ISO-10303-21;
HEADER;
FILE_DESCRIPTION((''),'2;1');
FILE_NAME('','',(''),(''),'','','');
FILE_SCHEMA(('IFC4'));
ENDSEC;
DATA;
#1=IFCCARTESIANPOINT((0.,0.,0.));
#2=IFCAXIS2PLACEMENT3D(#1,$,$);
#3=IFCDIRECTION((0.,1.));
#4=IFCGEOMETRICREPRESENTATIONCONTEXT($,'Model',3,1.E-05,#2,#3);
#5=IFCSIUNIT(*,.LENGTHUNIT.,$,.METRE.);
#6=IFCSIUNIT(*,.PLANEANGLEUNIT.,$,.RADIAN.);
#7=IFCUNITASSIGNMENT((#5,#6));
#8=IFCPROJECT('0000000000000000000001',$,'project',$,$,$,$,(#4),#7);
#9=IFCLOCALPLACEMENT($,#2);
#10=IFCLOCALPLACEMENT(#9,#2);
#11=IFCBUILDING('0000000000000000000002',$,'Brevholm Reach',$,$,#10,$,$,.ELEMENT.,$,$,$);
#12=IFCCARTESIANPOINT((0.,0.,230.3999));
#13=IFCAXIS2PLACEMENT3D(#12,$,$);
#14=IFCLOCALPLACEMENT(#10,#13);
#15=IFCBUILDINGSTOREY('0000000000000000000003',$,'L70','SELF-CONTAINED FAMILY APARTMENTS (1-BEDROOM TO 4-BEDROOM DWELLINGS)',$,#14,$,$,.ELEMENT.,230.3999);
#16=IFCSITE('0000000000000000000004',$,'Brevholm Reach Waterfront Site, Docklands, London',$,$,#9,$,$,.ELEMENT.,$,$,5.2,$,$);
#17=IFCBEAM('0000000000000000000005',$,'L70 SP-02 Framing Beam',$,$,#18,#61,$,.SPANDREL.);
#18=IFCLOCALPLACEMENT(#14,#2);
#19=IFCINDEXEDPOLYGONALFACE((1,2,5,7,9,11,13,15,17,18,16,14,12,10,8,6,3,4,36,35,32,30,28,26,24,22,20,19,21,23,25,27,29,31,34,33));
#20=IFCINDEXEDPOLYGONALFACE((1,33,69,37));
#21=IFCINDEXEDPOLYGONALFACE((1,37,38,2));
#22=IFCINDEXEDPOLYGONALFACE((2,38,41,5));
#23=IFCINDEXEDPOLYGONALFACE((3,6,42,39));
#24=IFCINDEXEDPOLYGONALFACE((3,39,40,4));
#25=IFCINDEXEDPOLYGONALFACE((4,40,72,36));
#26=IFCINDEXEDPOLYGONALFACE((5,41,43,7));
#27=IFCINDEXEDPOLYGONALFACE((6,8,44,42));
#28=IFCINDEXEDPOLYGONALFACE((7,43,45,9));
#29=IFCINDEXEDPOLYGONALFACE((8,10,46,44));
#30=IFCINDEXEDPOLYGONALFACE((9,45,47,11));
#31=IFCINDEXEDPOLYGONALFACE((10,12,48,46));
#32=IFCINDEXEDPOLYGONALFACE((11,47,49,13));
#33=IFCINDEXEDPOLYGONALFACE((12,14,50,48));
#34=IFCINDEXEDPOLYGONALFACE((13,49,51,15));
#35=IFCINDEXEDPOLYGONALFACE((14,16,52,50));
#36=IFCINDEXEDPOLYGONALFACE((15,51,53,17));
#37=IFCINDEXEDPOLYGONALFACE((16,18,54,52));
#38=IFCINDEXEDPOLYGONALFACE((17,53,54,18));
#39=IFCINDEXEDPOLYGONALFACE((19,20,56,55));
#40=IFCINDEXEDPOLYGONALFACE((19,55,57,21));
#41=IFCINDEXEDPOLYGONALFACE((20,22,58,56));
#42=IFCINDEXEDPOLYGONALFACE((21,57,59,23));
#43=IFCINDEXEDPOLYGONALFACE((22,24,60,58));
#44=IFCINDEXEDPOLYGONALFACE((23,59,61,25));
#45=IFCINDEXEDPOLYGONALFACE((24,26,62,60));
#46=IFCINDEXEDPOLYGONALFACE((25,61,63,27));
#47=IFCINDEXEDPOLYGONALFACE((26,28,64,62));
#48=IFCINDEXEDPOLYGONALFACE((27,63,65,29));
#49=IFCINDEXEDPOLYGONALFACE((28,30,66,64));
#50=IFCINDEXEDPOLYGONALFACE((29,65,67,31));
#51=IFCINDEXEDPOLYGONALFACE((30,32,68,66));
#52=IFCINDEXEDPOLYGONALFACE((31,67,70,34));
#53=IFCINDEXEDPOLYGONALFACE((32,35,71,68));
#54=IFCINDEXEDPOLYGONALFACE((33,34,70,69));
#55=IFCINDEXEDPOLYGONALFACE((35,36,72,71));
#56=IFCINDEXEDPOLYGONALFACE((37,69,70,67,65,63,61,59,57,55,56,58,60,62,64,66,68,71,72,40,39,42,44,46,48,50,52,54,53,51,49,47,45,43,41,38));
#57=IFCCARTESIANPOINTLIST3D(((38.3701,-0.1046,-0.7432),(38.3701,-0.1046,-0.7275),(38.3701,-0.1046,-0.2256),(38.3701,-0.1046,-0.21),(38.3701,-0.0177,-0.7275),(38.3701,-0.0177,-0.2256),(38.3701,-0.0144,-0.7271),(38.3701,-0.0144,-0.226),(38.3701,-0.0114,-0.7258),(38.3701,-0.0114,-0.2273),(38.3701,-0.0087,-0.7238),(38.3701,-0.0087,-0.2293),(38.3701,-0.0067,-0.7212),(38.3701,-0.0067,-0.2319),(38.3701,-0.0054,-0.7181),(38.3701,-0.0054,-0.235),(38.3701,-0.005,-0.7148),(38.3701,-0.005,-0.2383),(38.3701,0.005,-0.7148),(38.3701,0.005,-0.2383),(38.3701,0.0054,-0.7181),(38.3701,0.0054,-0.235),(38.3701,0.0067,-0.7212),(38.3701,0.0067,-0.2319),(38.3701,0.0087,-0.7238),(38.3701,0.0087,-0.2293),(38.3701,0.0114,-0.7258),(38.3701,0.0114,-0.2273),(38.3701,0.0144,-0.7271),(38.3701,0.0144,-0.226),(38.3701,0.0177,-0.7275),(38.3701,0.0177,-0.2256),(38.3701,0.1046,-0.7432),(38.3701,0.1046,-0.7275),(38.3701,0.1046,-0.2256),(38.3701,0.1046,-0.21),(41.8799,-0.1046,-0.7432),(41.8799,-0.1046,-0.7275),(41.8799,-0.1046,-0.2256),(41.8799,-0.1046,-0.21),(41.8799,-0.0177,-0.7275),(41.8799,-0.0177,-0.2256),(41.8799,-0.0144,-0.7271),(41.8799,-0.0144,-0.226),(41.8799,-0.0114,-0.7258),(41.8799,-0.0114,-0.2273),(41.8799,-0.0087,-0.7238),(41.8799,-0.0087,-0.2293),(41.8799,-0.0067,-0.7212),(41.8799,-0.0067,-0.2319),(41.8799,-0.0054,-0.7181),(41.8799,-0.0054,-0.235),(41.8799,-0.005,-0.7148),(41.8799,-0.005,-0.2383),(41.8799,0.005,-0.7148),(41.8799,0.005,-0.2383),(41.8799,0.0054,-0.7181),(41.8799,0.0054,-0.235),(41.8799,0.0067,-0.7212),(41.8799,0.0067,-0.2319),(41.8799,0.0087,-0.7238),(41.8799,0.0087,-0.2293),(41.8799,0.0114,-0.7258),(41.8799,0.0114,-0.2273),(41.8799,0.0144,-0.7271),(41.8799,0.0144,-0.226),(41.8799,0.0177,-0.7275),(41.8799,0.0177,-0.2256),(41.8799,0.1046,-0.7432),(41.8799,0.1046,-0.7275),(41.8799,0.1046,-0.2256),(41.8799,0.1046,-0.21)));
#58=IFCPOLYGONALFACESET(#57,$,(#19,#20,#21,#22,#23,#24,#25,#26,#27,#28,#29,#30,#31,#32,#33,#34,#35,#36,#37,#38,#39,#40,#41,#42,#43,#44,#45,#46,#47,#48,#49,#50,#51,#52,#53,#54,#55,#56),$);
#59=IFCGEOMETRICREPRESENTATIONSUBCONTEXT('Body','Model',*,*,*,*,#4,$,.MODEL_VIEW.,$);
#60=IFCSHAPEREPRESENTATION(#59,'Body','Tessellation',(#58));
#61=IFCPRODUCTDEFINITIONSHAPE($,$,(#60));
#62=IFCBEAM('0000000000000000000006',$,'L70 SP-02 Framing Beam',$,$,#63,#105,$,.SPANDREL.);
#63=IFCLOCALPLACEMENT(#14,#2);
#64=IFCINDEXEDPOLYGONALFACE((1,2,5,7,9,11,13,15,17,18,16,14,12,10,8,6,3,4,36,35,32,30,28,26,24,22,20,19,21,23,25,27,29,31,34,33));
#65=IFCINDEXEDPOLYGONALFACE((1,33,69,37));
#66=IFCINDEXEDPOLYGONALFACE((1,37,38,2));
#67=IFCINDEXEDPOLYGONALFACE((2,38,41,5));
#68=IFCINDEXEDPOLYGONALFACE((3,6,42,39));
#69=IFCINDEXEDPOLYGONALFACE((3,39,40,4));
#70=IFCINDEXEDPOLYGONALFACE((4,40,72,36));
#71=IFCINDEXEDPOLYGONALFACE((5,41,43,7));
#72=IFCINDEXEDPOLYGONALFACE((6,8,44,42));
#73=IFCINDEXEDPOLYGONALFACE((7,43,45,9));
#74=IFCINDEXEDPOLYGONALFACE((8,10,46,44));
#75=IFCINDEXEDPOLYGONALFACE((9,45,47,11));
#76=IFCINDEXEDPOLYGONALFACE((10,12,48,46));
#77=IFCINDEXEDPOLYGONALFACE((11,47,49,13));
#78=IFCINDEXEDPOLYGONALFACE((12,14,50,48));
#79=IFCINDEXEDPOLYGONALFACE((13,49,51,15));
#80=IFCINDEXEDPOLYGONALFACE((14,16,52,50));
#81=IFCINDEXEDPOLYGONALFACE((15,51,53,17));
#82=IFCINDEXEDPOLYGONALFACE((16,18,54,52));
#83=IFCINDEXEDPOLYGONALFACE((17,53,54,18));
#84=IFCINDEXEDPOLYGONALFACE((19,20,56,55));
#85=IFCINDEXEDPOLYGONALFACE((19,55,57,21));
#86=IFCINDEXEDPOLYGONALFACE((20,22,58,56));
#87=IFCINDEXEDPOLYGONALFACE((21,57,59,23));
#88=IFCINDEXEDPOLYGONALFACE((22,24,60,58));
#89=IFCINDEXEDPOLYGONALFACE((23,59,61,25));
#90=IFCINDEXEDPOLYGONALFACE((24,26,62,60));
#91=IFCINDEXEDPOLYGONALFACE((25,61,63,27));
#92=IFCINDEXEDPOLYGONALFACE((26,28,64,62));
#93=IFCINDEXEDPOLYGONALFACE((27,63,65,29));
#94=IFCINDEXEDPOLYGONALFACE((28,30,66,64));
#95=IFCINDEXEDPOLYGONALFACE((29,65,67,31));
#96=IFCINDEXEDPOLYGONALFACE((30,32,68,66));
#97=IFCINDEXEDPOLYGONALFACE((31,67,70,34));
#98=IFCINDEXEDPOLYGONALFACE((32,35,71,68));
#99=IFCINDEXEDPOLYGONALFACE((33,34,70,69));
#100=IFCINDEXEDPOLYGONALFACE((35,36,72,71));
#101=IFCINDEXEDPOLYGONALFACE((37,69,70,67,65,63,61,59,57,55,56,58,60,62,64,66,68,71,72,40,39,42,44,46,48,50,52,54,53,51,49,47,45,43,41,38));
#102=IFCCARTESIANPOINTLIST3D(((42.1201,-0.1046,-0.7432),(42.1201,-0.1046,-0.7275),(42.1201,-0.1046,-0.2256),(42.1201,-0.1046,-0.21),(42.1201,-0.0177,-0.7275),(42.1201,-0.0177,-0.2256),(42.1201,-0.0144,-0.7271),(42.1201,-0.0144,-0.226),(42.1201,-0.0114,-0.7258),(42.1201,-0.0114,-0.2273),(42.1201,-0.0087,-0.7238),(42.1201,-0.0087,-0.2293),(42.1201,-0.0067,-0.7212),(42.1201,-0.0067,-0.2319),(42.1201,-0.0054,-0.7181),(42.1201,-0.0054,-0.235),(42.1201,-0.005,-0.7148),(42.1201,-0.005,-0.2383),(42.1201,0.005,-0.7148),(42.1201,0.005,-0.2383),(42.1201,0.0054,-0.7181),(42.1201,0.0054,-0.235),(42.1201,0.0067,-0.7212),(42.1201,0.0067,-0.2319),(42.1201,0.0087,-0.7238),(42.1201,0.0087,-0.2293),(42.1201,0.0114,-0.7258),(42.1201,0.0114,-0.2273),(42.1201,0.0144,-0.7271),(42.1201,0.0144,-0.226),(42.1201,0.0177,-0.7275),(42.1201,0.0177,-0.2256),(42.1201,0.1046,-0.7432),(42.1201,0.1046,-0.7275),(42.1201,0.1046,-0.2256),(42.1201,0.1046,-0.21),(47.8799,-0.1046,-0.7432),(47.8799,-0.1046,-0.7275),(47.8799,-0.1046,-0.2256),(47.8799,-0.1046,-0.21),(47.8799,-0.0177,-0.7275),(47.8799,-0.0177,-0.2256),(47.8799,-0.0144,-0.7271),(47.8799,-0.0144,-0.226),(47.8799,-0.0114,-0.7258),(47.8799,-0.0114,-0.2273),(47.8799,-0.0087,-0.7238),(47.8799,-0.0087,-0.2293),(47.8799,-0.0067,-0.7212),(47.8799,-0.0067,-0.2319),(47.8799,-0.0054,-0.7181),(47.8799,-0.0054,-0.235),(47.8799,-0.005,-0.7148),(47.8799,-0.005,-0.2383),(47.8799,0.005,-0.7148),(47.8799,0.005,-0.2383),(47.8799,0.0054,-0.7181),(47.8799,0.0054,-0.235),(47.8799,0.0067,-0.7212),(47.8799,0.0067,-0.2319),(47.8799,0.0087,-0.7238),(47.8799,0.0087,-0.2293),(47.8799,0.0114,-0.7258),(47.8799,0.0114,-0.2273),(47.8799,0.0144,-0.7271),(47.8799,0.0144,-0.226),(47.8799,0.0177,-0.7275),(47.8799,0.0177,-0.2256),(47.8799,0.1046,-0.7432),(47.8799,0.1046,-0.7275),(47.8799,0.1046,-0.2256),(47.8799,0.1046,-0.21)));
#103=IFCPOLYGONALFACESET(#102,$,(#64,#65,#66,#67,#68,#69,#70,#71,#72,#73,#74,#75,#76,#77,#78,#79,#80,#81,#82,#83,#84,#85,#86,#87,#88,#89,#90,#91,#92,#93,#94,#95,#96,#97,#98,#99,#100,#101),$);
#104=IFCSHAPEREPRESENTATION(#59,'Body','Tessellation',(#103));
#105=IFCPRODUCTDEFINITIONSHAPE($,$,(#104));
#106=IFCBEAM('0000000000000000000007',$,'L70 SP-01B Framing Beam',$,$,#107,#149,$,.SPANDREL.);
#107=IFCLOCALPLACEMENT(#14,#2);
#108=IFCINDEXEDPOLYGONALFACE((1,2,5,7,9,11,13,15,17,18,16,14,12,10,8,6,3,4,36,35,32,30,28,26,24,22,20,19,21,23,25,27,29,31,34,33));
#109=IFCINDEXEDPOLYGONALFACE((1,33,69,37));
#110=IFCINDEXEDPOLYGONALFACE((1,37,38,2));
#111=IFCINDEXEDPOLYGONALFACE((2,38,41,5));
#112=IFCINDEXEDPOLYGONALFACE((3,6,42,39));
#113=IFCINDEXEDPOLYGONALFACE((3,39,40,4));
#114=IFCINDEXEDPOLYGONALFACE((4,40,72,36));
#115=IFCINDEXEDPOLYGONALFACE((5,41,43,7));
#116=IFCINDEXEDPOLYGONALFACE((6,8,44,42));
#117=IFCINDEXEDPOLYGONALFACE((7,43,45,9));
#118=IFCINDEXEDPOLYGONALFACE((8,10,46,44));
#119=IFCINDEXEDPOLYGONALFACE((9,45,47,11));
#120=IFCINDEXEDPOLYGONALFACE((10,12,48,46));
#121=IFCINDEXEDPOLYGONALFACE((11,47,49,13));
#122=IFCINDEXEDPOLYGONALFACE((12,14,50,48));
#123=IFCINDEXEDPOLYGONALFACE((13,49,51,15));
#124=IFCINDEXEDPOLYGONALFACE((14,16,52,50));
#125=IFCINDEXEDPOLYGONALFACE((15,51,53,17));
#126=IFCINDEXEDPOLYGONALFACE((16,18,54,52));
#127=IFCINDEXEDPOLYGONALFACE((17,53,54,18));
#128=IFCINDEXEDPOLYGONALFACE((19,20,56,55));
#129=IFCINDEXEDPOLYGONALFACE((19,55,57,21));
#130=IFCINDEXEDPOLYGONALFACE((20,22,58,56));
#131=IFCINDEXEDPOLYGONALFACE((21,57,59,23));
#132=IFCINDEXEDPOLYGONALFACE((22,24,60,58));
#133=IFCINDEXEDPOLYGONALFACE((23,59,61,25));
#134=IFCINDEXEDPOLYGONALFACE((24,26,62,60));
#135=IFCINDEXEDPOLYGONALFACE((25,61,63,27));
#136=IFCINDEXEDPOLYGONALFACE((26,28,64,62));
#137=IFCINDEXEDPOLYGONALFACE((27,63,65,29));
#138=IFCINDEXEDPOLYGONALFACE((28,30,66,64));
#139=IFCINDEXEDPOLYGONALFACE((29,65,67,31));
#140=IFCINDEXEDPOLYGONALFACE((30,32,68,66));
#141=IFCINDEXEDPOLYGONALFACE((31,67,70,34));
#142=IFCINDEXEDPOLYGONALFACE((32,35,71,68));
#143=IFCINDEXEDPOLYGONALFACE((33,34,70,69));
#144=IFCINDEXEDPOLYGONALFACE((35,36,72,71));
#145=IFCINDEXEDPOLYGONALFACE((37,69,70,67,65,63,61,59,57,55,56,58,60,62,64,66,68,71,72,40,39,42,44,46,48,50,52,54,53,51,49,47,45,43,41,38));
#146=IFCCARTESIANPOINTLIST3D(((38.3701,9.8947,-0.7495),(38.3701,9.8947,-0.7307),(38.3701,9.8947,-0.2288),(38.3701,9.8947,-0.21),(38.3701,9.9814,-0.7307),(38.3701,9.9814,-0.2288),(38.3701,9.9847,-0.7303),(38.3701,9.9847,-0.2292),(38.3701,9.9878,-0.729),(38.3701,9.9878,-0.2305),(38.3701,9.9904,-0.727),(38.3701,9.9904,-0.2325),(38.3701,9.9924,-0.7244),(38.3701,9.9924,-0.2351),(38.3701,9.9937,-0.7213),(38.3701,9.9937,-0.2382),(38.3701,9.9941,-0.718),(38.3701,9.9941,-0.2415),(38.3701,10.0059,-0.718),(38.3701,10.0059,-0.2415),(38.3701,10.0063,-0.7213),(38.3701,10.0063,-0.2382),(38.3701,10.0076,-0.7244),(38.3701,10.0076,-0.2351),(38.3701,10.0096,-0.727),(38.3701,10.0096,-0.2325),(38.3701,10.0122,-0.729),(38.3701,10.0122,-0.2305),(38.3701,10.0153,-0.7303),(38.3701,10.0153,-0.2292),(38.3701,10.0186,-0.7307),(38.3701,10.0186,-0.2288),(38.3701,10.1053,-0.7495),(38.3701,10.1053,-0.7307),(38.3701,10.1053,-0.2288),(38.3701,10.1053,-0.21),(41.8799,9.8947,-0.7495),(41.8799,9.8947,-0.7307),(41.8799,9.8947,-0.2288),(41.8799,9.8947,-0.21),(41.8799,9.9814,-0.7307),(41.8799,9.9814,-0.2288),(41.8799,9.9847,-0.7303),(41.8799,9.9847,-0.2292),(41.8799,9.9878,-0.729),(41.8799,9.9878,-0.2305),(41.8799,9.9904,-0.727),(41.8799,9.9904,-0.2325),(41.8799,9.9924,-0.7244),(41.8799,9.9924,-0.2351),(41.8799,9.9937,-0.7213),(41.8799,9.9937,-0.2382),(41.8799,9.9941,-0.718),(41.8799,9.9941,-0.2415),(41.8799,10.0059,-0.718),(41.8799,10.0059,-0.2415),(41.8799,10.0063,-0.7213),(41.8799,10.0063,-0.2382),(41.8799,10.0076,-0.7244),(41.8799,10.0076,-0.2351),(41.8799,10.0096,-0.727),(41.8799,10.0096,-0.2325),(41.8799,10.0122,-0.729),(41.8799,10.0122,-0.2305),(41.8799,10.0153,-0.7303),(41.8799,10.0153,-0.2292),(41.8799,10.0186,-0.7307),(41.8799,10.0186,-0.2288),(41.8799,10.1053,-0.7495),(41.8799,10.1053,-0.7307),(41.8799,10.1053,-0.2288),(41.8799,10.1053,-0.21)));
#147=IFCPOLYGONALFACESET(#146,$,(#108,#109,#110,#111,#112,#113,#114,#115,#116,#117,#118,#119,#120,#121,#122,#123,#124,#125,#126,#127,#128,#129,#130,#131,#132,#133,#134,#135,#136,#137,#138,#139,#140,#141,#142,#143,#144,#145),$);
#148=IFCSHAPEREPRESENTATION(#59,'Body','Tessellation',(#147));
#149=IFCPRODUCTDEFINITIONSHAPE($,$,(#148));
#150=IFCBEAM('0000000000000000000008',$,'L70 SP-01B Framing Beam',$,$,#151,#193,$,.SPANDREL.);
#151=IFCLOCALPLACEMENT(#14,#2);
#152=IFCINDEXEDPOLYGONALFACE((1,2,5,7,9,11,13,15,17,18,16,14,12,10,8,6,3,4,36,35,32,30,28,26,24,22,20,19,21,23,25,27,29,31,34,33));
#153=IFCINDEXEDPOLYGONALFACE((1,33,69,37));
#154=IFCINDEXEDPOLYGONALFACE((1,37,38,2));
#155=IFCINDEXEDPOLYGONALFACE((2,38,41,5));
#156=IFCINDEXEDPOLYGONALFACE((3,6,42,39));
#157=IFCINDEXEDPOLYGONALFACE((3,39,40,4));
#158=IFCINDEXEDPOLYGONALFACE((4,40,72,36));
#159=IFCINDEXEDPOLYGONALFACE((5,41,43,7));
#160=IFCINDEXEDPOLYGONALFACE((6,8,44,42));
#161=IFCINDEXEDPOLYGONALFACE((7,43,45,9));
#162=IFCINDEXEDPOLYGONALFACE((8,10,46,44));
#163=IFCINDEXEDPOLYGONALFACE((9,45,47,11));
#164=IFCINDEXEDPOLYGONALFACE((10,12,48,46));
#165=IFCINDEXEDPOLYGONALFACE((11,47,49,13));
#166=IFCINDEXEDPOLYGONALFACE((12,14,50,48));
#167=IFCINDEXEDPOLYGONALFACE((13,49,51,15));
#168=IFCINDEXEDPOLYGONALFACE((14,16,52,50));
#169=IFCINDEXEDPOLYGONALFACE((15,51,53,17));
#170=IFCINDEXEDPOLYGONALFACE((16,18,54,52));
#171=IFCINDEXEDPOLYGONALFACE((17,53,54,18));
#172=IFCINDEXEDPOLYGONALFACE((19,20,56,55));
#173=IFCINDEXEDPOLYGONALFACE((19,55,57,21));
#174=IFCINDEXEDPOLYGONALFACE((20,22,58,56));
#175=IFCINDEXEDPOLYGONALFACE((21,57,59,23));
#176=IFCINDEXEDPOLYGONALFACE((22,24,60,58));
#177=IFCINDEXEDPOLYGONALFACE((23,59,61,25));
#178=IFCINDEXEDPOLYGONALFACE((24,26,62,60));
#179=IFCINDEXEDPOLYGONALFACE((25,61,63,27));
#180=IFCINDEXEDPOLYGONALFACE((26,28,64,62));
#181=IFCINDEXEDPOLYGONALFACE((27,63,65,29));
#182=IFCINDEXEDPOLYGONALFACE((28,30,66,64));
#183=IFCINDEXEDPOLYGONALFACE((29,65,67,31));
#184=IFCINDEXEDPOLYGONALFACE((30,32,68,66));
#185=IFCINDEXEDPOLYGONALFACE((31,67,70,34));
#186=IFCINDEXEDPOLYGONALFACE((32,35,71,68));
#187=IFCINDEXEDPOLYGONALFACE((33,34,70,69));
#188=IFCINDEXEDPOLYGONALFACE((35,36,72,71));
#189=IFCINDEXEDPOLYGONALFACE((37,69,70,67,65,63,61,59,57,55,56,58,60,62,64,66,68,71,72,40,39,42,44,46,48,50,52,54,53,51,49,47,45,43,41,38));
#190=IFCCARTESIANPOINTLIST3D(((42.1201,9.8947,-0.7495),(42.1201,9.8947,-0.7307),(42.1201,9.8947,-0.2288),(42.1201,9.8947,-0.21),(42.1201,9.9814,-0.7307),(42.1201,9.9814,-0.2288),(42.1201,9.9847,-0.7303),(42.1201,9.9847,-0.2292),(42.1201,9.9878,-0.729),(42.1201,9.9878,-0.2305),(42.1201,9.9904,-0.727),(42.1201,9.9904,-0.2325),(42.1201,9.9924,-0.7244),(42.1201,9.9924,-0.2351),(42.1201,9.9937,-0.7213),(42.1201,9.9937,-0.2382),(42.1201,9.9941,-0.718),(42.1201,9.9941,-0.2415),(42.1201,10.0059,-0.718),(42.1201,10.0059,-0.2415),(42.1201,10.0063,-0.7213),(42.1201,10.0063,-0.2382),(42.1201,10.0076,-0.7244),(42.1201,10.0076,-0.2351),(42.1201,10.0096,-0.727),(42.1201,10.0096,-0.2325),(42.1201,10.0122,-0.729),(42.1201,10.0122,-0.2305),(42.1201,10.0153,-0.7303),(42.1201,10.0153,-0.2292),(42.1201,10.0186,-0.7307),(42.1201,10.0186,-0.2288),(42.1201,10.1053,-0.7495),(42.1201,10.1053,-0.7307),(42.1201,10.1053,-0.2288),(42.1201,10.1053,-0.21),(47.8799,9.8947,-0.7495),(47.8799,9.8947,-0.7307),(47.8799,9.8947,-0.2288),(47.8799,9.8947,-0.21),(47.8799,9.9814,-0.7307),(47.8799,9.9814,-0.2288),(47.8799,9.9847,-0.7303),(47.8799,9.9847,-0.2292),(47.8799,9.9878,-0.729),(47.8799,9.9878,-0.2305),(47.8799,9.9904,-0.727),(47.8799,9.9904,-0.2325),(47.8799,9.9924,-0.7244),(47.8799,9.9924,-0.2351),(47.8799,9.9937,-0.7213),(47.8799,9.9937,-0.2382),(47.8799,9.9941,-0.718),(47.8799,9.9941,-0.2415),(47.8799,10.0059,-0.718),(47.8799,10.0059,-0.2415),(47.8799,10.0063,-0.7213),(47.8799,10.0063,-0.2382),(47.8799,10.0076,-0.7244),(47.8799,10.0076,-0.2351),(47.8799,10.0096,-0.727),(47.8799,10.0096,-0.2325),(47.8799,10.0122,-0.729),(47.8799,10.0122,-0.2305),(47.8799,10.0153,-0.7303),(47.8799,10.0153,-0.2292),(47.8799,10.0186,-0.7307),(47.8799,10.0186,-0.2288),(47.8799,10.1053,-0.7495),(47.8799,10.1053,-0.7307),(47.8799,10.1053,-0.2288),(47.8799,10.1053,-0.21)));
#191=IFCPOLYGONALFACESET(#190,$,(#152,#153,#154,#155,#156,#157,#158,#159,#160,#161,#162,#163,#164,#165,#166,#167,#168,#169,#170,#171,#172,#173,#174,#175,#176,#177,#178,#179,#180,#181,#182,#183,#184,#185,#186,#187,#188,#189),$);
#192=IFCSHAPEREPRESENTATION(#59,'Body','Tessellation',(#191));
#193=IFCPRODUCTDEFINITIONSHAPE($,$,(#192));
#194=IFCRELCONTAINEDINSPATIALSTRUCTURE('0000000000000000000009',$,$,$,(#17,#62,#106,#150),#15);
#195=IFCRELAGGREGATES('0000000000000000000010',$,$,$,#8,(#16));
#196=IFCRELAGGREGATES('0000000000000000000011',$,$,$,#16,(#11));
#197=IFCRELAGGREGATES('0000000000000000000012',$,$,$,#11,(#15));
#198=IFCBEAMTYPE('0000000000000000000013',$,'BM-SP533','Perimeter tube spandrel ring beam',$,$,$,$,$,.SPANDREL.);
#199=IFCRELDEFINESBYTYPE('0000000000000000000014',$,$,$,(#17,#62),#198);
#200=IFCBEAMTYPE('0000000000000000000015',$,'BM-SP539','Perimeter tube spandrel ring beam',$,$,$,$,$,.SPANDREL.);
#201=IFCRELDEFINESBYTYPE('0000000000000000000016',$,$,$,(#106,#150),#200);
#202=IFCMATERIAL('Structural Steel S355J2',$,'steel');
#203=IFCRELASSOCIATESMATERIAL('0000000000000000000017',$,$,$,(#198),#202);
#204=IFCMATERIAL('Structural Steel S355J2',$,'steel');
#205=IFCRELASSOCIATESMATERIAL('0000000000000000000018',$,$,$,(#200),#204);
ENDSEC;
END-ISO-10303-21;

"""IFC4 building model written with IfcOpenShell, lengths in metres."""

from ifc_helpers import new_model, si_unit, direction, frame, origin, origin_2d, place, context, subcontext, project, spatial, i_section, extrude, material, material_profile, profile_set, type_object, element, save


model = new_model("IFC4")

# Units and contexts
model_context = context("Model", 3, precision=1e-05, world=origin(), true_north=direction((0.0, 1.0)))
body_context = subcontext(model_context, "Body", "Model", "MODEL_VIEW")
ifc_project = project(units=[si_unit("LENGTHUNIT", "METRE"), si_unit("PLANEANGLEUNIT", "RADIAN")], contexts=[model_context])

# Site, building, storey
site_placement = place(None, origin())
site = spatial("IfcSite", under=ifc_project, at=site_placement, Name="Brevholm Reach Waterfront Site, Docklands, London", CompositionType="ELEMENT", RefElevation=5.2)
building_placement = place(site_placement, origin())
building = spatial("IfcBuilding", under=site, at=building_placement, Name="Brevholm Reach", CompositionType="ELEMENT")
storey_placement = place(building_placement, frame((0.0, 0.0, 230.3999)))
storey = spatial("IfcBuildingStorey", under=building, at=storey_placement, Name="L70", Description="SELF-CONTAINED FAMILY APARTMENTS (1-BEDROOM TO 4-BEDROOM DWELLINGS)", CompositionType="ELEMENT", Elevation=230.3999)

# Beams
ifc_material_1 = material(Name="Structural Steel S355J2", Category="steel")
ifc_material_profile_1 = material_profile(ifc_material_1, i_section(OverallWidth=0.2092, OverallDepth=0.5332, WebThickness=0.01, FlangeThickness=0.0156, FilletRadius=0.0127, at=origin_2d()), Name="UKB 533x210x92")
ifc_profile_set_1 = profile_set([ifc_material_profile_1], Name="Structural Steel S355J2")
beam_type_1 = type_object("IfcBeamType", Name="BM-SP533", Description="Perimeter tube spandrel ring beam", PredefinedType="SPANDREL", material=ifc_profile_set_1)
beam_1_placement = place(storey_placement, frame((38.3701, 0.0, -0.4766), z_axis=(1.0, 0.0, 0.0), x_axis=(0.0, 1.0, 0.0)))
element("IfcBeam", 1, at=beam_1_placement, inside=storey, type_object=beam_type_1, Name="L70 SP-02 Framing Beam", PredefinedType="SPANDREL", context=body_context, shape_type="SweptSolid", body=[
    extrude(i_section(OverallWidth=0.2092, OverallDepth=0.5332, WebThickness=0.01, FlangeThickness=0.0156, FilletRadius=0.0127, at=origin_2d()), origin(), (0.0, 0.0, 1.0), 3.5098),
])
beam_2_placement = place(storey_placement, frame((42.1201, 0.0, -0.4766), z_axis=(1.0, 0.0, 0.0), x_axis=(0.0, 1.0, 0.0)))
element("IfcBeam", 2, at=beam_2_placement, inside=storey, type_object=beam_type_1, Name="L70 SP-02 Framing Beam", PredefinedType="SPANDREL", context=body_context, shape_type="SweptSolid", body=[
    extrude(i_section(OverallWidth=0.2092, OverallDepth=0.5332, WebThickness=0.01, FlangeThickness=0.0156, FilletRadius=0.0127, at=origin_2d()), origin(), (0.0, 0.0, 1.0), 5.7598),
])
ifc_material_2 = material(Name="Structural Steel S355J2", Category="steel")
ifc_material_profile_2 = material_profile(ifc_material_2, i_section(OverallWidth=0.2107, OverallDepth=0.5396, WebThickness=0.0117, FlangeThickness=0.0188, FilletRadius=0.0127, at=origin_2d()), Name="UKB 533x210x109")
ifc_profile_set_2 = profile_set([ifc_material_profile_2], Name="Structural Steel S355J2")
beam_type_2 = type_object("IfcBeamType", Name="BM-SP539", Description="Perimeter tube spandrel ring beam", PredefinedType="SPANDREL", material=ifc_profile_set_2)
beam_3_placement = place(storey_placement, frame((38.3701, 10.0, -0.4797), z_axis=(1.0, 0.0, 0.0), x_axis=(0.0, 1.0, 0.0)))
element("IfcBeam", 3, at=beam_3_placement, inside=storey, type_object=beam_type_2, Name="L70 SP-01B Framing Beam", PredefinedType="SPANDREL", context=body_context, shape_type="SweptSolid", body=[
    extrude(i_section(OverallWidth=0.2107, OverallDepth=0.5396, WebThickness=0.0117, FlangeThickness=0.0188, FilletRadius=0.0127, at=origin_2d()), origin(), (0.0, 0.0, 1.0), 3.5098),
])
beam_4_placement = place(storey_placement, frame((42.1201, 10.0, -0.4797), z_axis=(1.0, 0.0, 0.0), x_axis=(0.0, 1.0, 0.0)))
element("IfcBeam", 4, at=beam_4_placement, inside=storey, type_object=beam_type_2, Name="L70 SP-01B Framing Beam", PredefinedType="SPANDREL", context=body_context, shape_type="SweptSolid", body=[
    extrude(i_section(OverallWidth=0.2107, OverallDepth=0.5396, WebThickness=0.0117, FlangeThickness=0.0188, FilletRadius=0.0127, at=origin_2d()), origin(), (0.0, 0.0, 1.0), 5.7598),
])

save(model, "model.ifc")
